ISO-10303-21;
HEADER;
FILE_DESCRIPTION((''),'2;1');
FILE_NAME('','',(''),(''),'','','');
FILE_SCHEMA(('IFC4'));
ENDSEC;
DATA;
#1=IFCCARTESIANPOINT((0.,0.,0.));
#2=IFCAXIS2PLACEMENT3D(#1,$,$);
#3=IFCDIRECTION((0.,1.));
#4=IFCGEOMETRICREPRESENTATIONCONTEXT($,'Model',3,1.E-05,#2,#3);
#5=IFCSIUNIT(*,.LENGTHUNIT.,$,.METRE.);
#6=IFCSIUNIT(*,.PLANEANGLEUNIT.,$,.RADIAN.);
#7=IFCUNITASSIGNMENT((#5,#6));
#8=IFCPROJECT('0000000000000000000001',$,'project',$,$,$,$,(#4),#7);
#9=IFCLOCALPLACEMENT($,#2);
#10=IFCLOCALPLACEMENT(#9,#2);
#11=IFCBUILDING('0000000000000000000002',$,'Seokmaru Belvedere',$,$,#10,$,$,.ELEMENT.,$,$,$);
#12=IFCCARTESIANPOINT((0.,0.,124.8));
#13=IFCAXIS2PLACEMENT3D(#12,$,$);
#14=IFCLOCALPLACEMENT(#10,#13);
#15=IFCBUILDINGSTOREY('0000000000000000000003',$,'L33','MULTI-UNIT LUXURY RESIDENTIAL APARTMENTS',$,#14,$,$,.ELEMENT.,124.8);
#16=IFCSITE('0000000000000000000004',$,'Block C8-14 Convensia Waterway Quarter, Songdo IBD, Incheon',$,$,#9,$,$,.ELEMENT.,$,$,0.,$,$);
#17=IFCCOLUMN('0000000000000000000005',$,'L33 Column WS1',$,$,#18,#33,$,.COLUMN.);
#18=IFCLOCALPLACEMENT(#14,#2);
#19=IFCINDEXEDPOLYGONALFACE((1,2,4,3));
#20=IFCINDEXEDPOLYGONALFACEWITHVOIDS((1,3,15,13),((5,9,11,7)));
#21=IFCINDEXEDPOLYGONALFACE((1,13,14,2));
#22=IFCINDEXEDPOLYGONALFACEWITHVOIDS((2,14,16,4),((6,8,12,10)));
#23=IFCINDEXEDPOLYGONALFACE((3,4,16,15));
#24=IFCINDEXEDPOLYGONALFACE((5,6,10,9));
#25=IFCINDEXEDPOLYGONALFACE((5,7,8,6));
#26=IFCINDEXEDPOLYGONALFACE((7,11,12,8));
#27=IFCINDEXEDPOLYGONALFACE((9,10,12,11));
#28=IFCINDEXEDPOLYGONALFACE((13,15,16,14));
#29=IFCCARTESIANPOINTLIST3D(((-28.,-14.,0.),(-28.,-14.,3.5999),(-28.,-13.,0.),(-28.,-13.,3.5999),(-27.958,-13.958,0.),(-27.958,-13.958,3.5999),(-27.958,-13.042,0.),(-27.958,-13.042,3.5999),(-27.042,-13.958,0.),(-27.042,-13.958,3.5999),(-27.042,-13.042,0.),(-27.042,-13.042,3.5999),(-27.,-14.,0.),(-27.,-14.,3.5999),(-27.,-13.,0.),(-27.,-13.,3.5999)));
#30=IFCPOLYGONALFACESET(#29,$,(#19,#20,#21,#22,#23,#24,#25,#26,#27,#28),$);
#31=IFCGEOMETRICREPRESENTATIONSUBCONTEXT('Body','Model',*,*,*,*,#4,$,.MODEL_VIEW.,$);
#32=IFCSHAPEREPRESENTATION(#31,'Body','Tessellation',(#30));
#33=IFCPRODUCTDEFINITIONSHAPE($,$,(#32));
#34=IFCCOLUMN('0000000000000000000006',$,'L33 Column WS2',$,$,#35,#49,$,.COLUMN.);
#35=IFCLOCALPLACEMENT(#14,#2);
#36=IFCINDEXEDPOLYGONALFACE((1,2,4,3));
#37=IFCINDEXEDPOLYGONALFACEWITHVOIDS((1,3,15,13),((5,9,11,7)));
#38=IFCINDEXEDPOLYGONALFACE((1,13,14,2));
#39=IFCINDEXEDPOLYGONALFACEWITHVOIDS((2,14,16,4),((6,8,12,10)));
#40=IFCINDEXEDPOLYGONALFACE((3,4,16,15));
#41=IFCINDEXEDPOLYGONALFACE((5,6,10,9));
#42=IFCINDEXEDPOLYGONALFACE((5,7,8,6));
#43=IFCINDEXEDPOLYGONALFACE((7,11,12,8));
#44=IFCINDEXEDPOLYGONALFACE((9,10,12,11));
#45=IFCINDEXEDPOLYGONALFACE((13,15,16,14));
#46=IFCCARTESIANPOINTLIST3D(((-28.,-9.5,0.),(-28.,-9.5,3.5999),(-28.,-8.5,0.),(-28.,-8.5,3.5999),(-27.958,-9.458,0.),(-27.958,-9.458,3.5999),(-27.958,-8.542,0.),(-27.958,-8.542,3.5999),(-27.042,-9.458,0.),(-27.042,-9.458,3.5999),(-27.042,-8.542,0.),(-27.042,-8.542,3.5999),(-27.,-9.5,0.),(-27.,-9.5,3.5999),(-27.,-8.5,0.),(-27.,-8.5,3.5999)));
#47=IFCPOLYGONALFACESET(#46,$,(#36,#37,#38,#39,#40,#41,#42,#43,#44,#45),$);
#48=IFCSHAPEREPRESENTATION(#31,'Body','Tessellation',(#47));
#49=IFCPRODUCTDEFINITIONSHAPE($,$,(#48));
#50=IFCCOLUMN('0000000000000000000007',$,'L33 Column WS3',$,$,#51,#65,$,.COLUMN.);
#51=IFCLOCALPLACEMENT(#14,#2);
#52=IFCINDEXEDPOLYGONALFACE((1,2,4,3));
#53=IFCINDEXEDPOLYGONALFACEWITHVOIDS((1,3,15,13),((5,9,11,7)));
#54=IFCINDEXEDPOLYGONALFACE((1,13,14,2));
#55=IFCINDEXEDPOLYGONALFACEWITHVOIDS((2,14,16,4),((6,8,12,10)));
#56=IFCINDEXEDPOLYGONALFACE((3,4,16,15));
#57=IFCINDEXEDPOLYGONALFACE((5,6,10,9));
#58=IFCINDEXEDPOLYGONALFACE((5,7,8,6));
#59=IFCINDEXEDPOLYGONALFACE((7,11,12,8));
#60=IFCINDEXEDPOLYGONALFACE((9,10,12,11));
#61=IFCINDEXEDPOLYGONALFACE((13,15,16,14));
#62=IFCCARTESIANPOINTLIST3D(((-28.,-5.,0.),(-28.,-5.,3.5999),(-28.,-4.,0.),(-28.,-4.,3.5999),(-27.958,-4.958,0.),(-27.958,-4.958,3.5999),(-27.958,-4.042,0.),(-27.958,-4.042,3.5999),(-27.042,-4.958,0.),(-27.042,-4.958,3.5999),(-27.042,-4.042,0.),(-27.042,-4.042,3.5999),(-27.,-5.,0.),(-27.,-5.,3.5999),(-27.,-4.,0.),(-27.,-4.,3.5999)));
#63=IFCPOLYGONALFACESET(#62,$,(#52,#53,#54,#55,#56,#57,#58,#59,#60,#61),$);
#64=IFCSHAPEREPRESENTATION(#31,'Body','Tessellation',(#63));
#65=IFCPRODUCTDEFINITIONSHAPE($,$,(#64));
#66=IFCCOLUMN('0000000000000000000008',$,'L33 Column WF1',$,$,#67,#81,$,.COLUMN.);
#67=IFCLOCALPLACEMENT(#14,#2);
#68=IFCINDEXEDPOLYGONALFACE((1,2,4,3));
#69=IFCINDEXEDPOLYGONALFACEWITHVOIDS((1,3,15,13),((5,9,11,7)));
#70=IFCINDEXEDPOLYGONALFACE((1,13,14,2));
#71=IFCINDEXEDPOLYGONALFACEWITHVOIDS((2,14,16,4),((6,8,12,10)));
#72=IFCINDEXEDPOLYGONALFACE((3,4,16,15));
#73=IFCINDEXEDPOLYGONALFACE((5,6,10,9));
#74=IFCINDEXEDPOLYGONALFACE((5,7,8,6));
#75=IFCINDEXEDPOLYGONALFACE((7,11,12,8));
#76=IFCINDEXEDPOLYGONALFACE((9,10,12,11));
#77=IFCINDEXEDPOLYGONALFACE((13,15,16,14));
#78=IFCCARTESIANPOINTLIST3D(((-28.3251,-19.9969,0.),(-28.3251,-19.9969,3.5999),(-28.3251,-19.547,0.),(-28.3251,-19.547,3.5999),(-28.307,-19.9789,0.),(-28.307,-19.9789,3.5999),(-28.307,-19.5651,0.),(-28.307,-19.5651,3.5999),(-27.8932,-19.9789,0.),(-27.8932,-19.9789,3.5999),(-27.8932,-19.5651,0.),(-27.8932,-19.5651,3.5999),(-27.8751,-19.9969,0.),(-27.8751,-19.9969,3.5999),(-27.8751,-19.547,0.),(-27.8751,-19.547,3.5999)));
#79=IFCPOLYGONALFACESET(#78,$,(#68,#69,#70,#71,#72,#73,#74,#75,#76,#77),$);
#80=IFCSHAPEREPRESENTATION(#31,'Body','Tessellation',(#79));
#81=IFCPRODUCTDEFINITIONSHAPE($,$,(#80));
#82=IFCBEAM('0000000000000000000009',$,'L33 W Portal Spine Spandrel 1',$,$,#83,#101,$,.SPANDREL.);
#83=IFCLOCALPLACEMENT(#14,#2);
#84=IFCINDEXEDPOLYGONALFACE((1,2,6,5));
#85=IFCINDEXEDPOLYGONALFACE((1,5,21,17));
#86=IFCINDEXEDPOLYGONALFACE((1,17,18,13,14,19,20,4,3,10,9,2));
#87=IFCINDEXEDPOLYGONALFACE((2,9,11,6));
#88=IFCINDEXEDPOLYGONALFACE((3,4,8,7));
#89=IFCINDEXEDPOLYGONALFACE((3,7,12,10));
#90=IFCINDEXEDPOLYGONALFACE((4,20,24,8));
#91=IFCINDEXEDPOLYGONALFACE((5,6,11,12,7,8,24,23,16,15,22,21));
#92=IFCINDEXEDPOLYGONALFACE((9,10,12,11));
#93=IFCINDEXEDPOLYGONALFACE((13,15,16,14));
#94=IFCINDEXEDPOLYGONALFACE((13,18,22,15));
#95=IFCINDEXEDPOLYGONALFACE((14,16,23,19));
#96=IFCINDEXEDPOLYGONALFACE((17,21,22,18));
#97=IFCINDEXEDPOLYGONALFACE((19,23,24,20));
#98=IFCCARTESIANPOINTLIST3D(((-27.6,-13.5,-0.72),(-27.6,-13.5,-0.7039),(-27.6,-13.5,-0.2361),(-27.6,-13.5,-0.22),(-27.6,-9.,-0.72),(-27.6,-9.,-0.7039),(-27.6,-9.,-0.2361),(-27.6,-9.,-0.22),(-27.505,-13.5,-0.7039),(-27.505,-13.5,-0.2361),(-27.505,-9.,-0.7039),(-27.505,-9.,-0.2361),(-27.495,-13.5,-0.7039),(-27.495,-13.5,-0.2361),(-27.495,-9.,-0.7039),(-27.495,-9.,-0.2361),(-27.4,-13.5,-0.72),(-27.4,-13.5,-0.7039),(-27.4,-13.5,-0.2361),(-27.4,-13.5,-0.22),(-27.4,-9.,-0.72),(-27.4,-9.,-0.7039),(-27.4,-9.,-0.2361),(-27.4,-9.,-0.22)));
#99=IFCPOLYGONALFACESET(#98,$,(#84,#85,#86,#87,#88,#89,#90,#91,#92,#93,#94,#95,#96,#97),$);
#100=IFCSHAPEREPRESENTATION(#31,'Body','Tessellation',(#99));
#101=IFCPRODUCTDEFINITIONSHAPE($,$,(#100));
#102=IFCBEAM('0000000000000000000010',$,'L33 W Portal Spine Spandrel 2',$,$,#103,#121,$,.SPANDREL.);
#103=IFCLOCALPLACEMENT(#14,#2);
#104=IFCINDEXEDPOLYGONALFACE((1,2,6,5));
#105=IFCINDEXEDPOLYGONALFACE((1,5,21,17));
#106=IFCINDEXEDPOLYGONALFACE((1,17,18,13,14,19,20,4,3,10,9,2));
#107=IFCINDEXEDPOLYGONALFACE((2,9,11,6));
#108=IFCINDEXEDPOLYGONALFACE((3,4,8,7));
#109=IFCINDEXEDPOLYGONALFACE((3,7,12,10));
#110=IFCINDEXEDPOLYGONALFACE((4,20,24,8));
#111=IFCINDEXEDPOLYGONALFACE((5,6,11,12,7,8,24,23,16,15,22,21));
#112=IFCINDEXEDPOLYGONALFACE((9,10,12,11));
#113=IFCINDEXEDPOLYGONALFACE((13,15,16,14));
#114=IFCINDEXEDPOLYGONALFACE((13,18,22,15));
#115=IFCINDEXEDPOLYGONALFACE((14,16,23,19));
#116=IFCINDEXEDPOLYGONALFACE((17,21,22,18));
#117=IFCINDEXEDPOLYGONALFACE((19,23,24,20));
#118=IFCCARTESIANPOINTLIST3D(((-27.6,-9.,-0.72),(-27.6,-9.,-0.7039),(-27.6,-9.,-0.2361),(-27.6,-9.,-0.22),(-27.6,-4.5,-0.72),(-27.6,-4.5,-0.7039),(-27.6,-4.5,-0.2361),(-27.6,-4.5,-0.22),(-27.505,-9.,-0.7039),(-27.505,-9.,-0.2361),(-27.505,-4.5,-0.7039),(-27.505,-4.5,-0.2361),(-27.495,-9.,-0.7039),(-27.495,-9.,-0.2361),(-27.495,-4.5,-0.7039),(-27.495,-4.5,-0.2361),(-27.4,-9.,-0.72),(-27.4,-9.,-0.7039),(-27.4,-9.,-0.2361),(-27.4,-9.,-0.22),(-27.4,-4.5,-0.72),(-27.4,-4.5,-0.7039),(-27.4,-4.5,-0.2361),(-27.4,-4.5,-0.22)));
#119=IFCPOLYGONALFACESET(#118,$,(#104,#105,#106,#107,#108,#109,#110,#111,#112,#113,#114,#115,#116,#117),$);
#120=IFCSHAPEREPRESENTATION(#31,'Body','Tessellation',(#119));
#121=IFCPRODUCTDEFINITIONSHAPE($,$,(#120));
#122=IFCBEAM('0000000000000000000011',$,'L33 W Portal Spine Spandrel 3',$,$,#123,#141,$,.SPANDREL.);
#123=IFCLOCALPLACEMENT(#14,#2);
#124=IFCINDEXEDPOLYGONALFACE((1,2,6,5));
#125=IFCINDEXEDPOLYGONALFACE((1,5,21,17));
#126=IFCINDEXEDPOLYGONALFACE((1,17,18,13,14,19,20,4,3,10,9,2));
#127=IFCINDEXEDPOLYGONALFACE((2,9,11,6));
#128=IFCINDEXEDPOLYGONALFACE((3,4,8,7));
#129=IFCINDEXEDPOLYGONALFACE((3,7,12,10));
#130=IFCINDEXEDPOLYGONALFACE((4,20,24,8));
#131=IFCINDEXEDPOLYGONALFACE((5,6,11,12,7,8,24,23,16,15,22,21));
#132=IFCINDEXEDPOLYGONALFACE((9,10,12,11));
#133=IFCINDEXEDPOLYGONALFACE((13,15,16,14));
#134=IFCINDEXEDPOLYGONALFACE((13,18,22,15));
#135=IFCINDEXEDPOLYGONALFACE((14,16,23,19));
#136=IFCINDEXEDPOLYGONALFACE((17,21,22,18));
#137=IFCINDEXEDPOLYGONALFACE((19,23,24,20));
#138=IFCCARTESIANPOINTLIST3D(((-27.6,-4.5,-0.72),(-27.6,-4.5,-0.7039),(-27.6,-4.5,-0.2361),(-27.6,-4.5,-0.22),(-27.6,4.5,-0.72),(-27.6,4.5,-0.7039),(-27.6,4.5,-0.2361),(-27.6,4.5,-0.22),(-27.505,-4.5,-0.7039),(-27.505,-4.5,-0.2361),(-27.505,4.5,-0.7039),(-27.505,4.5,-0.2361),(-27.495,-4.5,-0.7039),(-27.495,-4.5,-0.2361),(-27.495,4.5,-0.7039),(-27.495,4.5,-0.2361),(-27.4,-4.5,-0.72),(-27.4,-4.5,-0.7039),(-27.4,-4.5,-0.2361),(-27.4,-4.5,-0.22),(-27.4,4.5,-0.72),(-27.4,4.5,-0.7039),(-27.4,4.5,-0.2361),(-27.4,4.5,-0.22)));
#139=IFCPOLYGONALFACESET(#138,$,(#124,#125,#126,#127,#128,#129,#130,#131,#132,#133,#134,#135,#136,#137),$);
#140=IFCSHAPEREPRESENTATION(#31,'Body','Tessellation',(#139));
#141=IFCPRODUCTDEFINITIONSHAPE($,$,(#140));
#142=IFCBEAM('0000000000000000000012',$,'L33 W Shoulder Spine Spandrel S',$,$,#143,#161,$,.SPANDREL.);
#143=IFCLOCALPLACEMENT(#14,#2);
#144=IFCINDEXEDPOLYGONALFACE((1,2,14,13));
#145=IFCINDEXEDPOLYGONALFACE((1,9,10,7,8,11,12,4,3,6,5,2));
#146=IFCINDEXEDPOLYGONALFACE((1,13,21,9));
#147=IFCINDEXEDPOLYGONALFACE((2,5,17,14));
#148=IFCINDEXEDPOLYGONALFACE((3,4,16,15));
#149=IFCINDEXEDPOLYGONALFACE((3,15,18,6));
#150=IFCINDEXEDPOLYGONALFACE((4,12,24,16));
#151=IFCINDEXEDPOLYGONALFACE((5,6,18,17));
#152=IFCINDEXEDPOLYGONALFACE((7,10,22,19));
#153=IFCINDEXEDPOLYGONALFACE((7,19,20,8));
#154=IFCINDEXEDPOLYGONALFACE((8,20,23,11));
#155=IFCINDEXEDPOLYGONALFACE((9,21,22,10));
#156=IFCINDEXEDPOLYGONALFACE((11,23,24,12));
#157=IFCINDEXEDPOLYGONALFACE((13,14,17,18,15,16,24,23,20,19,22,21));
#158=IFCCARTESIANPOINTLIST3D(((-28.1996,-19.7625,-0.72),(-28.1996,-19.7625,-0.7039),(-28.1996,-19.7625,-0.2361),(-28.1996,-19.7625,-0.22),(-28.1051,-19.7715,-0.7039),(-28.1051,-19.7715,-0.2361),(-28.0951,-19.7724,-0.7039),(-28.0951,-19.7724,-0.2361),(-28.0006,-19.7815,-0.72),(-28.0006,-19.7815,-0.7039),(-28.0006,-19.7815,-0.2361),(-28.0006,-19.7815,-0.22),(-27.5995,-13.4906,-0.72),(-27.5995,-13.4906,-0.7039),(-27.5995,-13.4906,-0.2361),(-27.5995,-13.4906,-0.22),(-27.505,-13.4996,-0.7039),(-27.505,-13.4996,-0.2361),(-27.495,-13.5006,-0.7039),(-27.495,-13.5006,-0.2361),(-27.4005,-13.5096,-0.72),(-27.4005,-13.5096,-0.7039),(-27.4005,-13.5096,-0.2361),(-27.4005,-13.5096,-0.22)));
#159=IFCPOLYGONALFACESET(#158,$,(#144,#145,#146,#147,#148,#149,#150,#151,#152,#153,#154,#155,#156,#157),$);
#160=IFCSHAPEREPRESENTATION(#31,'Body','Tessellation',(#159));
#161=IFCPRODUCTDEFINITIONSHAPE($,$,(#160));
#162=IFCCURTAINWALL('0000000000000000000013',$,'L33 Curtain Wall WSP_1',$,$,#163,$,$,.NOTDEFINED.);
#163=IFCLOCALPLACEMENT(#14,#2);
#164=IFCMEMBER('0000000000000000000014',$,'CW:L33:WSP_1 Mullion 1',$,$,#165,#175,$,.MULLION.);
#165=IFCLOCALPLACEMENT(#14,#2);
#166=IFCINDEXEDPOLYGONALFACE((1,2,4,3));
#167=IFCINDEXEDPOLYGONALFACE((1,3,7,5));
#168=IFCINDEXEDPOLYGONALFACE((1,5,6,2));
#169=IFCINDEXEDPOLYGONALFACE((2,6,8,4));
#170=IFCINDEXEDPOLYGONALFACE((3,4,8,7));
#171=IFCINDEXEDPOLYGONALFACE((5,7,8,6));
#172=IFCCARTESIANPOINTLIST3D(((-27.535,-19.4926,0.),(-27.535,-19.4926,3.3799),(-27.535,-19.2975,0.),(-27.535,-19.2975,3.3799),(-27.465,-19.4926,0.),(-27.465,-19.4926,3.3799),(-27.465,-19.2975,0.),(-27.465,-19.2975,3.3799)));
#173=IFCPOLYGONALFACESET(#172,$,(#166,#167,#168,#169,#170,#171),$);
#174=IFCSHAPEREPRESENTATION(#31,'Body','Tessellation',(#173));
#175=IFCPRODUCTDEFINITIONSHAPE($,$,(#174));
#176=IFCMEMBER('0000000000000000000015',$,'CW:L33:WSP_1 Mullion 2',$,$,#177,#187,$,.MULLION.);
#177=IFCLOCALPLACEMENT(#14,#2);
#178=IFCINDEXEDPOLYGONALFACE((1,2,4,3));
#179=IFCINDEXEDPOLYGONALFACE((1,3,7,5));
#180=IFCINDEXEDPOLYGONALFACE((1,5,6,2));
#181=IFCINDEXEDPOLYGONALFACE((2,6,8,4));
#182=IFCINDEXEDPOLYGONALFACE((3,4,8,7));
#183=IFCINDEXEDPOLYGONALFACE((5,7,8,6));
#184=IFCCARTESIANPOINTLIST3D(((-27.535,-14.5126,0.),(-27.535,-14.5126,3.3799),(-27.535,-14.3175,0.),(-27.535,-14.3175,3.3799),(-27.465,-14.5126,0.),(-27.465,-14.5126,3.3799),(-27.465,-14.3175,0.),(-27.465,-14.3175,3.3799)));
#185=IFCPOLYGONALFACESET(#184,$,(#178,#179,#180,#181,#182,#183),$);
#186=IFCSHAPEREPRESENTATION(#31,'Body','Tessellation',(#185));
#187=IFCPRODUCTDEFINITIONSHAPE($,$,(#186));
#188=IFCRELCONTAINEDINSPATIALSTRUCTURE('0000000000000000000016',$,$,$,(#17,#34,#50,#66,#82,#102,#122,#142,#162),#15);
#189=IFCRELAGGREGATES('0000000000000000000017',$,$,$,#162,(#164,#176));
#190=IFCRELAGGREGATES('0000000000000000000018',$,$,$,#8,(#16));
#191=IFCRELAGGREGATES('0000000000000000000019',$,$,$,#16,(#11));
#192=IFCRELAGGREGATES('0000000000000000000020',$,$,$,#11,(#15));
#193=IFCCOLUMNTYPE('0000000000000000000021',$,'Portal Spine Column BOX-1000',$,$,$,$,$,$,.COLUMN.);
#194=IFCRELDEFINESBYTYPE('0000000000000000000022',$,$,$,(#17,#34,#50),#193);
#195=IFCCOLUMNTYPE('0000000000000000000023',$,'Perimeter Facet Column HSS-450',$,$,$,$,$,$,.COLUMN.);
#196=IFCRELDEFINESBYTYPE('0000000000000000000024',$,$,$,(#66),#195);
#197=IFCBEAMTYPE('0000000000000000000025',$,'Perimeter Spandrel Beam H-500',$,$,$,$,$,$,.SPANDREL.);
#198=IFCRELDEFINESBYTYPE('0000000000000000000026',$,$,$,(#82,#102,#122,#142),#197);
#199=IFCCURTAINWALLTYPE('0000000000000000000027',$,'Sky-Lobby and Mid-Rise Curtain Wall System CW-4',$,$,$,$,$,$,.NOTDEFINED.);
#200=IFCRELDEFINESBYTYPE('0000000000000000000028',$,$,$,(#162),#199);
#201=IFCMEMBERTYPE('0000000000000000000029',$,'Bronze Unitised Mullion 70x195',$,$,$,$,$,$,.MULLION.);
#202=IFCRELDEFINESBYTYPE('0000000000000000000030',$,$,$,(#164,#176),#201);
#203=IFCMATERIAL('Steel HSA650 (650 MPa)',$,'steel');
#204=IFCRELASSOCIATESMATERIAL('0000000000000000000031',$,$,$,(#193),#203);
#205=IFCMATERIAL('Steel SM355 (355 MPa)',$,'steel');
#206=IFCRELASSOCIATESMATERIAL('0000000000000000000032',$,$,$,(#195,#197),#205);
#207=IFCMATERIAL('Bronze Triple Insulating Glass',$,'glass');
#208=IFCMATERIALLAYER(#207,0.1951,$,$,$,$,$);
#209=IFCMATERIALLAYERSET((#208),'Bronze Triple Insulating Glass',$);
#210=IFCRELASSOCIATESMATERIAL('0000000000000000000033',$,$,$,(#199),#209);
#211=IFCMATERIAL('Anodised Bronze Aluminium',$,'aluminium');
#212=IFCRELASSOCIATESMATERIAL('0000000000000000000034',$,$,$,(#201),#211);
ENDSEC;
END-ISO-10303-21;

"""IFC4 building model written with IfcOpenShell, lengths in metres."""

from ifc_helpers import new_model, si_unit, direction, frame, origin, origin_2d, place, context, subcontext, project, spatial, rectangle, hollow_rectangle, i_section, extrude, source, transform, mapped, material, layer, layer_set, material_profile, profile_set, type_object, type_shapes, element, aggregate, save


model = new_model("IFC4")

# Units and contexts
model_context = context("Model", 3, precision=1e-05, world=origin(), true_north=direction((0.0, 1.0)))
body_context = subcontext(model_context, "Body", "Model", "MODEL_VIEW")
ifc_project = project(units=[si_unit("LENGTHUNIT", "METRE"), si_unit("PLANEANGLEUNIT", "RADIAN")], contexts=[model_context])

# Site, building, storey
site_placement = place(None, origin())
site = spatial("IfcSite", under=ifc_project, at=site_placement, Name="Block C8-14 Convensia Waterway Quarter, Songdo IBD, Incheon", CompositionType="ELEMENT", RefElevation=0.0)
building_placement = place(site_placement, origin())
building = spatial("IfcBuilding", under=site, at=building_placement, Name="Seokmaru Belvedere", CompositionType="ELEMENT")
storey_placement = place(building_placement, frame((0.0, 0.0, 124.8)))
storey = spatial("IfcBuildingStorey", under=building, at=storey_placement, Name="L33", Description="MULTI-UNIT LUXURY RESIDENTIAL APARTMENTS", CompositionType="ELEMENT", Elevation=124.8)

# Columns
ifc_material_1 = material(Name="Steel HSA650 (650 MPa)", Category="steel")
ifc_material_profile_1 = material_profile(ifc_material_1, hollow_rectangle(XDim=1.0, YDim=1.0, WallThickness=0.042, at=origin_2d()), Name="BOX-1000x1000x42")
ifc_profile_set_1 = profile_set([ifc_material_profile_1], Name="Steel HSA650 (650 MPa)")
column_type_1 = type_object("IfcColumnType", Name="Portal Spine Column BOX-1000", PredefinedType="COLUMN", material=ifc_profile_set_1)
shared_shape_1 = source(origin(), body_context, "Body", "SweptSolid", [
    extrude(hollow_rectangle(XDim=1.0, YDim=1.0, WallThickness=0.042, at=origin_2d()), origin(), (0.0, 0.0, 1.0), 3.5999),
])
type_shapes(column_type_1, [shared_shape_1])
for number, where, z_axis, x_axis, name in (
    (1, (-27.5, -13.5, 0.0), (0.0, 0.0, 1.0), (1.0, 0.0, 0.0), "L33 Column WS1"),
    (2, (-27.5, -9.0, 0.0), (0.0, 0.0, 1.0), (1.0, 0.0, 0.0), "L33 Column WS2"),
    (3, (-27.5, -4.5, 0.0), (0.0, 0.0, 1.0), (1.0, 0.0, 0.0), "L33 Column WS3"),
):
    element("IfcColumn", number, at=place(storey_placement, frame(where, z_axis=z_axis, x_axis=x_axis)), inside=storey, type_object=column_type_1, Name=name, PredefinedType="COLUMN", context=body_context, shape_type="MappedRepresentation", body=[
        mapped(shared_shape_1, transform((0.0, 0.0, 0.0), scale=1.0)),
    ])
ifc_material_2 = material(Name="Steel SM355 (355 MPa)", Category="steel")
ifc_material_profile_2 = material_profile(ifc_material_2, hollow_rectangle(XDim=0.45, YDim=0.45, WallThickness=0.0181, at=origin_2d()), Name="HSS-450x450x18")
ifc_profile_set_2 = profile_set([ifc_material_profile_2], Name="Steel SM355 (355 MPa)")
column_type_2 = type_object("IfcColumnType", Name="Perimeter Facet Column HSS-450", PredefinedType="COLUMN", material=ifc_profile_set_2)
shared_shape_2 = source(origin(), body_context, "Body", "SweptSolid", [
    extrude(hollow_rectangle(XDim=0.45, YDim=0.45, WallThickness=0.0181, at=origin_2d()), origin(), (0.0, 0.0, 1.0), 3.5999),
])
type_shapes(column_type_2, [shared_shape_2])
column_placement = place(storey_placement, frame((-28.1001, -19.772, 0.0), z_axis=(0.0, 0.0, 1.0), x_axis=(1.0, 0.0, 0.0)))
element("IfcColumn", 4, at=column_placement, inside=storey, type_object=column_type_2, Name="L33 Column WF1", PredefinedType="COLUMN", context=body_context, shape_type="MappedRepresentation", body=[
    mapped(shared_shape_2, transform((0.0, 0.0, 0.0), scale=1.0)),
])

# Beams
ifc_material_profile_3 = material_profile(ifc_material_2, i_section(OverallWidth=0.2, OverallDepth=0.5, WebThickness=0.01, FlangeThickness=0.0161, at=origin_2d()), Name="H-500x200x10x16")
ifc_profile_set_3 = profile_set([ifc_material_profile_3], Name="Steel SM355 (355 MPa)")
beam_type = type_object("IfcBeamType", Name="Perimeter Spandrel Beam H-500", PredefinedType="SPANDREL", material=ifc_profile_set_3)
shared_shape_3 = source(origin(), body_context, "Body", "SweptSolid", [
    extrude(i_section(OverallWidth=0.2, OverallDepth=0.5, WebThickness=0.01, FlangeThickness=0.0161, at=origin_2d()), origin(), (0.0, 0.0, 1.0), 4.5),
])
for number, where, z_axis, x_axis, name in (
    (5, (-27.5, -13.5, -0.47), (0.0, 1.0, 0.0), (-1.0, 0.0, 0.0), "L33 W Portal Spine Spandrel 1"),
    (6, (-27.5, -9.0, -0.47), (0.0, 1.0, 0.0), (-1.0, 0.0, 0.0), "L33 W Portal Spine Spandrel 2"),
):
    element("IfcBeam", number, at=place(storey_placement, frame(where, z_axis=z_axis, x_axis=x_axis)), inside=storey, type_object=beam_type, Name=name, PredefinedType="SPANDREL", context=body_context, shape_type="MappedRepresentation", body=[
        mapped(shared_shape_3, transform((0.0, 0.0, 0.0), scale=1.0)),
    ])
shared_shape_4 = source(origin(), body_context, "Body", "SweptSolid", [
    extrude(i_section(OverallWidth=0.2, OverallDepth=0.5, WebThickness=0.01, FlangeThickness=0.0161, at=origin_2d()), origin(), (0.0, 0.0, 1.0), 9.0),
])
beam_1_placement = place(storey_placement, frame((-27.5, -4.5, -0.47), z_axis=(0.0, 1.0, 0.0), x_axis=(-1.0, 0.0, 0.0)))
element("IfcBeam", 7, at=beam_1_placement, inside=storey, type_object=beam_type, Name="L33 W Portal Spine Spandrel 3", PredefinedType="SPANDREL", context=body_context, shape_type="MappedRepresentation", body=[
    mapped(shared_shape_4, transform((0.0, 0.0, 0.0), scale=1.0)),
])
shared_shape_5 = source(origin(), body_context, "Body", "SweptSolid", [
    extrude(i_section(OverallWidth=0.2, OverallDepth=0.5, WebThickness=0.01, FlangeThickness=0.0161, at=origin_2d()), origin(), (0.0, 0.0, 1.0), 6.3005),
])
type_shapes(beam_type, [shared_shape_3, shared_shape_4, shared_shape_5])
beam_2_placement = place(storey_placement, frame((-28.1001, -19.772, -0.47), z_axis=(0.095244, 0.995454, 0.0), x_axis=(-0.995454, 0.095244, 0.0)))
element("IfcBeam", 8, at=beam_2_placement, inside=storey, type_object=beam_type, Name="L33 W Shoulder Spine Spandrel S", PredefinedType="SPANDREL", context=body_context, shape_type="MappedRepresentation", body=[
    mapped(shared_shape_5, transform((0.0, 0.0, 0.0), scale=1.0)),
])

# Curtain wall, members
ifc_material_3 = material(Name="Bronze Triple Insulating Glass", Category="glass")
ifc_layer_1 = layer(ifc_material_3, 0.1951)
ifc_layer_set_1 = layer_set([ifc_layer_1], Name="Bronze Triple Insulating Glass")
curtain_wall_type = type_object("IfcCurtainWallType", Name="Sky-Lobby and Mid-Rise Curtain Wall System CW-4", PredefinedType="NOTDEFINED", material=ifc_layer_set_1)
curtain_wall_1_placement = place(storey_placement, origin())
curtain_wall_1 = element("IfcCurtainWall", 9, at=curtain_wall_1_placement, inside=storey, type_object=curtain_wall_type, Name="L33 Curtain Wall WSP_1", PredefinedType="NOTDEFINED")
ifc_material_4 = material(Name="Anodised Bronze Aluminium", Category="aluminium")
ifc_material_profile_4 = material_profile(ifc_material_4, rectangle(XDim=0.0701, YDim=0.1951, at=origin_2d()), Name="CW-M-70x195")
ifc_profile_set_4 = profile_set([ifc_material_profile_4], Name="Anodised Bronze Aluminium")
member_type_1 = type_object("IfcMemberType", Name="Bronze Unitised Mullion 70x195", PredefinedType="MULLION", material=ifc_profile_set_4)
shared_shape_6 = source(origin(), body_context, "Body", "SweptSolid", [
    extrude(rectangle(XDim=0.0701, YDim=0.1951, at=origin_2d()), origin(), (0.0, 0.0, 1.0), 3.3799),
])
type_shapes(member_type_1, [shared_shape_6])
member_1_placement = place(storey_placement, frame((-27.5, -19.395, 0.0), z_axis=(0.0, 0.0, 1.0), x_axis=(-1.0, 0.0, 0.0)))
member_1 = element("IfcMember", 10, at=member_1_placement, type_object=member_type_1, Name="CW:L33:WSP_1 Mullion 1", PredefinedType="MULLION", context=body_context, shape_type="MappedRepresentation", body=[
    mapped(shared_shape_6, transform((0.0, 0.0, 0.0), scale=1.0)),
])
member_2_placement = place(storey_placement, frame((-27.5, -14.415, 0.0), z_axis=(0.0, 0.0, 1.0), x_axis=(-1.0, 0.0, 0.0)))
member_2 = element("IfcMember", 11, at=member_2_placement, type_object=member_type_1, Name="CW:L33:WSP_1 Mullion 2", PredefinedType="MULLION", context=body_context, shape_type="MappedRepresentation", body=[
    mapped(shared_shape_6, transform((0.0, 0.0, 0.0), scale=1.0)),
])

aggregate(curtain_wall_1, [member_1, member_2])

save(model, "model.ifc")
